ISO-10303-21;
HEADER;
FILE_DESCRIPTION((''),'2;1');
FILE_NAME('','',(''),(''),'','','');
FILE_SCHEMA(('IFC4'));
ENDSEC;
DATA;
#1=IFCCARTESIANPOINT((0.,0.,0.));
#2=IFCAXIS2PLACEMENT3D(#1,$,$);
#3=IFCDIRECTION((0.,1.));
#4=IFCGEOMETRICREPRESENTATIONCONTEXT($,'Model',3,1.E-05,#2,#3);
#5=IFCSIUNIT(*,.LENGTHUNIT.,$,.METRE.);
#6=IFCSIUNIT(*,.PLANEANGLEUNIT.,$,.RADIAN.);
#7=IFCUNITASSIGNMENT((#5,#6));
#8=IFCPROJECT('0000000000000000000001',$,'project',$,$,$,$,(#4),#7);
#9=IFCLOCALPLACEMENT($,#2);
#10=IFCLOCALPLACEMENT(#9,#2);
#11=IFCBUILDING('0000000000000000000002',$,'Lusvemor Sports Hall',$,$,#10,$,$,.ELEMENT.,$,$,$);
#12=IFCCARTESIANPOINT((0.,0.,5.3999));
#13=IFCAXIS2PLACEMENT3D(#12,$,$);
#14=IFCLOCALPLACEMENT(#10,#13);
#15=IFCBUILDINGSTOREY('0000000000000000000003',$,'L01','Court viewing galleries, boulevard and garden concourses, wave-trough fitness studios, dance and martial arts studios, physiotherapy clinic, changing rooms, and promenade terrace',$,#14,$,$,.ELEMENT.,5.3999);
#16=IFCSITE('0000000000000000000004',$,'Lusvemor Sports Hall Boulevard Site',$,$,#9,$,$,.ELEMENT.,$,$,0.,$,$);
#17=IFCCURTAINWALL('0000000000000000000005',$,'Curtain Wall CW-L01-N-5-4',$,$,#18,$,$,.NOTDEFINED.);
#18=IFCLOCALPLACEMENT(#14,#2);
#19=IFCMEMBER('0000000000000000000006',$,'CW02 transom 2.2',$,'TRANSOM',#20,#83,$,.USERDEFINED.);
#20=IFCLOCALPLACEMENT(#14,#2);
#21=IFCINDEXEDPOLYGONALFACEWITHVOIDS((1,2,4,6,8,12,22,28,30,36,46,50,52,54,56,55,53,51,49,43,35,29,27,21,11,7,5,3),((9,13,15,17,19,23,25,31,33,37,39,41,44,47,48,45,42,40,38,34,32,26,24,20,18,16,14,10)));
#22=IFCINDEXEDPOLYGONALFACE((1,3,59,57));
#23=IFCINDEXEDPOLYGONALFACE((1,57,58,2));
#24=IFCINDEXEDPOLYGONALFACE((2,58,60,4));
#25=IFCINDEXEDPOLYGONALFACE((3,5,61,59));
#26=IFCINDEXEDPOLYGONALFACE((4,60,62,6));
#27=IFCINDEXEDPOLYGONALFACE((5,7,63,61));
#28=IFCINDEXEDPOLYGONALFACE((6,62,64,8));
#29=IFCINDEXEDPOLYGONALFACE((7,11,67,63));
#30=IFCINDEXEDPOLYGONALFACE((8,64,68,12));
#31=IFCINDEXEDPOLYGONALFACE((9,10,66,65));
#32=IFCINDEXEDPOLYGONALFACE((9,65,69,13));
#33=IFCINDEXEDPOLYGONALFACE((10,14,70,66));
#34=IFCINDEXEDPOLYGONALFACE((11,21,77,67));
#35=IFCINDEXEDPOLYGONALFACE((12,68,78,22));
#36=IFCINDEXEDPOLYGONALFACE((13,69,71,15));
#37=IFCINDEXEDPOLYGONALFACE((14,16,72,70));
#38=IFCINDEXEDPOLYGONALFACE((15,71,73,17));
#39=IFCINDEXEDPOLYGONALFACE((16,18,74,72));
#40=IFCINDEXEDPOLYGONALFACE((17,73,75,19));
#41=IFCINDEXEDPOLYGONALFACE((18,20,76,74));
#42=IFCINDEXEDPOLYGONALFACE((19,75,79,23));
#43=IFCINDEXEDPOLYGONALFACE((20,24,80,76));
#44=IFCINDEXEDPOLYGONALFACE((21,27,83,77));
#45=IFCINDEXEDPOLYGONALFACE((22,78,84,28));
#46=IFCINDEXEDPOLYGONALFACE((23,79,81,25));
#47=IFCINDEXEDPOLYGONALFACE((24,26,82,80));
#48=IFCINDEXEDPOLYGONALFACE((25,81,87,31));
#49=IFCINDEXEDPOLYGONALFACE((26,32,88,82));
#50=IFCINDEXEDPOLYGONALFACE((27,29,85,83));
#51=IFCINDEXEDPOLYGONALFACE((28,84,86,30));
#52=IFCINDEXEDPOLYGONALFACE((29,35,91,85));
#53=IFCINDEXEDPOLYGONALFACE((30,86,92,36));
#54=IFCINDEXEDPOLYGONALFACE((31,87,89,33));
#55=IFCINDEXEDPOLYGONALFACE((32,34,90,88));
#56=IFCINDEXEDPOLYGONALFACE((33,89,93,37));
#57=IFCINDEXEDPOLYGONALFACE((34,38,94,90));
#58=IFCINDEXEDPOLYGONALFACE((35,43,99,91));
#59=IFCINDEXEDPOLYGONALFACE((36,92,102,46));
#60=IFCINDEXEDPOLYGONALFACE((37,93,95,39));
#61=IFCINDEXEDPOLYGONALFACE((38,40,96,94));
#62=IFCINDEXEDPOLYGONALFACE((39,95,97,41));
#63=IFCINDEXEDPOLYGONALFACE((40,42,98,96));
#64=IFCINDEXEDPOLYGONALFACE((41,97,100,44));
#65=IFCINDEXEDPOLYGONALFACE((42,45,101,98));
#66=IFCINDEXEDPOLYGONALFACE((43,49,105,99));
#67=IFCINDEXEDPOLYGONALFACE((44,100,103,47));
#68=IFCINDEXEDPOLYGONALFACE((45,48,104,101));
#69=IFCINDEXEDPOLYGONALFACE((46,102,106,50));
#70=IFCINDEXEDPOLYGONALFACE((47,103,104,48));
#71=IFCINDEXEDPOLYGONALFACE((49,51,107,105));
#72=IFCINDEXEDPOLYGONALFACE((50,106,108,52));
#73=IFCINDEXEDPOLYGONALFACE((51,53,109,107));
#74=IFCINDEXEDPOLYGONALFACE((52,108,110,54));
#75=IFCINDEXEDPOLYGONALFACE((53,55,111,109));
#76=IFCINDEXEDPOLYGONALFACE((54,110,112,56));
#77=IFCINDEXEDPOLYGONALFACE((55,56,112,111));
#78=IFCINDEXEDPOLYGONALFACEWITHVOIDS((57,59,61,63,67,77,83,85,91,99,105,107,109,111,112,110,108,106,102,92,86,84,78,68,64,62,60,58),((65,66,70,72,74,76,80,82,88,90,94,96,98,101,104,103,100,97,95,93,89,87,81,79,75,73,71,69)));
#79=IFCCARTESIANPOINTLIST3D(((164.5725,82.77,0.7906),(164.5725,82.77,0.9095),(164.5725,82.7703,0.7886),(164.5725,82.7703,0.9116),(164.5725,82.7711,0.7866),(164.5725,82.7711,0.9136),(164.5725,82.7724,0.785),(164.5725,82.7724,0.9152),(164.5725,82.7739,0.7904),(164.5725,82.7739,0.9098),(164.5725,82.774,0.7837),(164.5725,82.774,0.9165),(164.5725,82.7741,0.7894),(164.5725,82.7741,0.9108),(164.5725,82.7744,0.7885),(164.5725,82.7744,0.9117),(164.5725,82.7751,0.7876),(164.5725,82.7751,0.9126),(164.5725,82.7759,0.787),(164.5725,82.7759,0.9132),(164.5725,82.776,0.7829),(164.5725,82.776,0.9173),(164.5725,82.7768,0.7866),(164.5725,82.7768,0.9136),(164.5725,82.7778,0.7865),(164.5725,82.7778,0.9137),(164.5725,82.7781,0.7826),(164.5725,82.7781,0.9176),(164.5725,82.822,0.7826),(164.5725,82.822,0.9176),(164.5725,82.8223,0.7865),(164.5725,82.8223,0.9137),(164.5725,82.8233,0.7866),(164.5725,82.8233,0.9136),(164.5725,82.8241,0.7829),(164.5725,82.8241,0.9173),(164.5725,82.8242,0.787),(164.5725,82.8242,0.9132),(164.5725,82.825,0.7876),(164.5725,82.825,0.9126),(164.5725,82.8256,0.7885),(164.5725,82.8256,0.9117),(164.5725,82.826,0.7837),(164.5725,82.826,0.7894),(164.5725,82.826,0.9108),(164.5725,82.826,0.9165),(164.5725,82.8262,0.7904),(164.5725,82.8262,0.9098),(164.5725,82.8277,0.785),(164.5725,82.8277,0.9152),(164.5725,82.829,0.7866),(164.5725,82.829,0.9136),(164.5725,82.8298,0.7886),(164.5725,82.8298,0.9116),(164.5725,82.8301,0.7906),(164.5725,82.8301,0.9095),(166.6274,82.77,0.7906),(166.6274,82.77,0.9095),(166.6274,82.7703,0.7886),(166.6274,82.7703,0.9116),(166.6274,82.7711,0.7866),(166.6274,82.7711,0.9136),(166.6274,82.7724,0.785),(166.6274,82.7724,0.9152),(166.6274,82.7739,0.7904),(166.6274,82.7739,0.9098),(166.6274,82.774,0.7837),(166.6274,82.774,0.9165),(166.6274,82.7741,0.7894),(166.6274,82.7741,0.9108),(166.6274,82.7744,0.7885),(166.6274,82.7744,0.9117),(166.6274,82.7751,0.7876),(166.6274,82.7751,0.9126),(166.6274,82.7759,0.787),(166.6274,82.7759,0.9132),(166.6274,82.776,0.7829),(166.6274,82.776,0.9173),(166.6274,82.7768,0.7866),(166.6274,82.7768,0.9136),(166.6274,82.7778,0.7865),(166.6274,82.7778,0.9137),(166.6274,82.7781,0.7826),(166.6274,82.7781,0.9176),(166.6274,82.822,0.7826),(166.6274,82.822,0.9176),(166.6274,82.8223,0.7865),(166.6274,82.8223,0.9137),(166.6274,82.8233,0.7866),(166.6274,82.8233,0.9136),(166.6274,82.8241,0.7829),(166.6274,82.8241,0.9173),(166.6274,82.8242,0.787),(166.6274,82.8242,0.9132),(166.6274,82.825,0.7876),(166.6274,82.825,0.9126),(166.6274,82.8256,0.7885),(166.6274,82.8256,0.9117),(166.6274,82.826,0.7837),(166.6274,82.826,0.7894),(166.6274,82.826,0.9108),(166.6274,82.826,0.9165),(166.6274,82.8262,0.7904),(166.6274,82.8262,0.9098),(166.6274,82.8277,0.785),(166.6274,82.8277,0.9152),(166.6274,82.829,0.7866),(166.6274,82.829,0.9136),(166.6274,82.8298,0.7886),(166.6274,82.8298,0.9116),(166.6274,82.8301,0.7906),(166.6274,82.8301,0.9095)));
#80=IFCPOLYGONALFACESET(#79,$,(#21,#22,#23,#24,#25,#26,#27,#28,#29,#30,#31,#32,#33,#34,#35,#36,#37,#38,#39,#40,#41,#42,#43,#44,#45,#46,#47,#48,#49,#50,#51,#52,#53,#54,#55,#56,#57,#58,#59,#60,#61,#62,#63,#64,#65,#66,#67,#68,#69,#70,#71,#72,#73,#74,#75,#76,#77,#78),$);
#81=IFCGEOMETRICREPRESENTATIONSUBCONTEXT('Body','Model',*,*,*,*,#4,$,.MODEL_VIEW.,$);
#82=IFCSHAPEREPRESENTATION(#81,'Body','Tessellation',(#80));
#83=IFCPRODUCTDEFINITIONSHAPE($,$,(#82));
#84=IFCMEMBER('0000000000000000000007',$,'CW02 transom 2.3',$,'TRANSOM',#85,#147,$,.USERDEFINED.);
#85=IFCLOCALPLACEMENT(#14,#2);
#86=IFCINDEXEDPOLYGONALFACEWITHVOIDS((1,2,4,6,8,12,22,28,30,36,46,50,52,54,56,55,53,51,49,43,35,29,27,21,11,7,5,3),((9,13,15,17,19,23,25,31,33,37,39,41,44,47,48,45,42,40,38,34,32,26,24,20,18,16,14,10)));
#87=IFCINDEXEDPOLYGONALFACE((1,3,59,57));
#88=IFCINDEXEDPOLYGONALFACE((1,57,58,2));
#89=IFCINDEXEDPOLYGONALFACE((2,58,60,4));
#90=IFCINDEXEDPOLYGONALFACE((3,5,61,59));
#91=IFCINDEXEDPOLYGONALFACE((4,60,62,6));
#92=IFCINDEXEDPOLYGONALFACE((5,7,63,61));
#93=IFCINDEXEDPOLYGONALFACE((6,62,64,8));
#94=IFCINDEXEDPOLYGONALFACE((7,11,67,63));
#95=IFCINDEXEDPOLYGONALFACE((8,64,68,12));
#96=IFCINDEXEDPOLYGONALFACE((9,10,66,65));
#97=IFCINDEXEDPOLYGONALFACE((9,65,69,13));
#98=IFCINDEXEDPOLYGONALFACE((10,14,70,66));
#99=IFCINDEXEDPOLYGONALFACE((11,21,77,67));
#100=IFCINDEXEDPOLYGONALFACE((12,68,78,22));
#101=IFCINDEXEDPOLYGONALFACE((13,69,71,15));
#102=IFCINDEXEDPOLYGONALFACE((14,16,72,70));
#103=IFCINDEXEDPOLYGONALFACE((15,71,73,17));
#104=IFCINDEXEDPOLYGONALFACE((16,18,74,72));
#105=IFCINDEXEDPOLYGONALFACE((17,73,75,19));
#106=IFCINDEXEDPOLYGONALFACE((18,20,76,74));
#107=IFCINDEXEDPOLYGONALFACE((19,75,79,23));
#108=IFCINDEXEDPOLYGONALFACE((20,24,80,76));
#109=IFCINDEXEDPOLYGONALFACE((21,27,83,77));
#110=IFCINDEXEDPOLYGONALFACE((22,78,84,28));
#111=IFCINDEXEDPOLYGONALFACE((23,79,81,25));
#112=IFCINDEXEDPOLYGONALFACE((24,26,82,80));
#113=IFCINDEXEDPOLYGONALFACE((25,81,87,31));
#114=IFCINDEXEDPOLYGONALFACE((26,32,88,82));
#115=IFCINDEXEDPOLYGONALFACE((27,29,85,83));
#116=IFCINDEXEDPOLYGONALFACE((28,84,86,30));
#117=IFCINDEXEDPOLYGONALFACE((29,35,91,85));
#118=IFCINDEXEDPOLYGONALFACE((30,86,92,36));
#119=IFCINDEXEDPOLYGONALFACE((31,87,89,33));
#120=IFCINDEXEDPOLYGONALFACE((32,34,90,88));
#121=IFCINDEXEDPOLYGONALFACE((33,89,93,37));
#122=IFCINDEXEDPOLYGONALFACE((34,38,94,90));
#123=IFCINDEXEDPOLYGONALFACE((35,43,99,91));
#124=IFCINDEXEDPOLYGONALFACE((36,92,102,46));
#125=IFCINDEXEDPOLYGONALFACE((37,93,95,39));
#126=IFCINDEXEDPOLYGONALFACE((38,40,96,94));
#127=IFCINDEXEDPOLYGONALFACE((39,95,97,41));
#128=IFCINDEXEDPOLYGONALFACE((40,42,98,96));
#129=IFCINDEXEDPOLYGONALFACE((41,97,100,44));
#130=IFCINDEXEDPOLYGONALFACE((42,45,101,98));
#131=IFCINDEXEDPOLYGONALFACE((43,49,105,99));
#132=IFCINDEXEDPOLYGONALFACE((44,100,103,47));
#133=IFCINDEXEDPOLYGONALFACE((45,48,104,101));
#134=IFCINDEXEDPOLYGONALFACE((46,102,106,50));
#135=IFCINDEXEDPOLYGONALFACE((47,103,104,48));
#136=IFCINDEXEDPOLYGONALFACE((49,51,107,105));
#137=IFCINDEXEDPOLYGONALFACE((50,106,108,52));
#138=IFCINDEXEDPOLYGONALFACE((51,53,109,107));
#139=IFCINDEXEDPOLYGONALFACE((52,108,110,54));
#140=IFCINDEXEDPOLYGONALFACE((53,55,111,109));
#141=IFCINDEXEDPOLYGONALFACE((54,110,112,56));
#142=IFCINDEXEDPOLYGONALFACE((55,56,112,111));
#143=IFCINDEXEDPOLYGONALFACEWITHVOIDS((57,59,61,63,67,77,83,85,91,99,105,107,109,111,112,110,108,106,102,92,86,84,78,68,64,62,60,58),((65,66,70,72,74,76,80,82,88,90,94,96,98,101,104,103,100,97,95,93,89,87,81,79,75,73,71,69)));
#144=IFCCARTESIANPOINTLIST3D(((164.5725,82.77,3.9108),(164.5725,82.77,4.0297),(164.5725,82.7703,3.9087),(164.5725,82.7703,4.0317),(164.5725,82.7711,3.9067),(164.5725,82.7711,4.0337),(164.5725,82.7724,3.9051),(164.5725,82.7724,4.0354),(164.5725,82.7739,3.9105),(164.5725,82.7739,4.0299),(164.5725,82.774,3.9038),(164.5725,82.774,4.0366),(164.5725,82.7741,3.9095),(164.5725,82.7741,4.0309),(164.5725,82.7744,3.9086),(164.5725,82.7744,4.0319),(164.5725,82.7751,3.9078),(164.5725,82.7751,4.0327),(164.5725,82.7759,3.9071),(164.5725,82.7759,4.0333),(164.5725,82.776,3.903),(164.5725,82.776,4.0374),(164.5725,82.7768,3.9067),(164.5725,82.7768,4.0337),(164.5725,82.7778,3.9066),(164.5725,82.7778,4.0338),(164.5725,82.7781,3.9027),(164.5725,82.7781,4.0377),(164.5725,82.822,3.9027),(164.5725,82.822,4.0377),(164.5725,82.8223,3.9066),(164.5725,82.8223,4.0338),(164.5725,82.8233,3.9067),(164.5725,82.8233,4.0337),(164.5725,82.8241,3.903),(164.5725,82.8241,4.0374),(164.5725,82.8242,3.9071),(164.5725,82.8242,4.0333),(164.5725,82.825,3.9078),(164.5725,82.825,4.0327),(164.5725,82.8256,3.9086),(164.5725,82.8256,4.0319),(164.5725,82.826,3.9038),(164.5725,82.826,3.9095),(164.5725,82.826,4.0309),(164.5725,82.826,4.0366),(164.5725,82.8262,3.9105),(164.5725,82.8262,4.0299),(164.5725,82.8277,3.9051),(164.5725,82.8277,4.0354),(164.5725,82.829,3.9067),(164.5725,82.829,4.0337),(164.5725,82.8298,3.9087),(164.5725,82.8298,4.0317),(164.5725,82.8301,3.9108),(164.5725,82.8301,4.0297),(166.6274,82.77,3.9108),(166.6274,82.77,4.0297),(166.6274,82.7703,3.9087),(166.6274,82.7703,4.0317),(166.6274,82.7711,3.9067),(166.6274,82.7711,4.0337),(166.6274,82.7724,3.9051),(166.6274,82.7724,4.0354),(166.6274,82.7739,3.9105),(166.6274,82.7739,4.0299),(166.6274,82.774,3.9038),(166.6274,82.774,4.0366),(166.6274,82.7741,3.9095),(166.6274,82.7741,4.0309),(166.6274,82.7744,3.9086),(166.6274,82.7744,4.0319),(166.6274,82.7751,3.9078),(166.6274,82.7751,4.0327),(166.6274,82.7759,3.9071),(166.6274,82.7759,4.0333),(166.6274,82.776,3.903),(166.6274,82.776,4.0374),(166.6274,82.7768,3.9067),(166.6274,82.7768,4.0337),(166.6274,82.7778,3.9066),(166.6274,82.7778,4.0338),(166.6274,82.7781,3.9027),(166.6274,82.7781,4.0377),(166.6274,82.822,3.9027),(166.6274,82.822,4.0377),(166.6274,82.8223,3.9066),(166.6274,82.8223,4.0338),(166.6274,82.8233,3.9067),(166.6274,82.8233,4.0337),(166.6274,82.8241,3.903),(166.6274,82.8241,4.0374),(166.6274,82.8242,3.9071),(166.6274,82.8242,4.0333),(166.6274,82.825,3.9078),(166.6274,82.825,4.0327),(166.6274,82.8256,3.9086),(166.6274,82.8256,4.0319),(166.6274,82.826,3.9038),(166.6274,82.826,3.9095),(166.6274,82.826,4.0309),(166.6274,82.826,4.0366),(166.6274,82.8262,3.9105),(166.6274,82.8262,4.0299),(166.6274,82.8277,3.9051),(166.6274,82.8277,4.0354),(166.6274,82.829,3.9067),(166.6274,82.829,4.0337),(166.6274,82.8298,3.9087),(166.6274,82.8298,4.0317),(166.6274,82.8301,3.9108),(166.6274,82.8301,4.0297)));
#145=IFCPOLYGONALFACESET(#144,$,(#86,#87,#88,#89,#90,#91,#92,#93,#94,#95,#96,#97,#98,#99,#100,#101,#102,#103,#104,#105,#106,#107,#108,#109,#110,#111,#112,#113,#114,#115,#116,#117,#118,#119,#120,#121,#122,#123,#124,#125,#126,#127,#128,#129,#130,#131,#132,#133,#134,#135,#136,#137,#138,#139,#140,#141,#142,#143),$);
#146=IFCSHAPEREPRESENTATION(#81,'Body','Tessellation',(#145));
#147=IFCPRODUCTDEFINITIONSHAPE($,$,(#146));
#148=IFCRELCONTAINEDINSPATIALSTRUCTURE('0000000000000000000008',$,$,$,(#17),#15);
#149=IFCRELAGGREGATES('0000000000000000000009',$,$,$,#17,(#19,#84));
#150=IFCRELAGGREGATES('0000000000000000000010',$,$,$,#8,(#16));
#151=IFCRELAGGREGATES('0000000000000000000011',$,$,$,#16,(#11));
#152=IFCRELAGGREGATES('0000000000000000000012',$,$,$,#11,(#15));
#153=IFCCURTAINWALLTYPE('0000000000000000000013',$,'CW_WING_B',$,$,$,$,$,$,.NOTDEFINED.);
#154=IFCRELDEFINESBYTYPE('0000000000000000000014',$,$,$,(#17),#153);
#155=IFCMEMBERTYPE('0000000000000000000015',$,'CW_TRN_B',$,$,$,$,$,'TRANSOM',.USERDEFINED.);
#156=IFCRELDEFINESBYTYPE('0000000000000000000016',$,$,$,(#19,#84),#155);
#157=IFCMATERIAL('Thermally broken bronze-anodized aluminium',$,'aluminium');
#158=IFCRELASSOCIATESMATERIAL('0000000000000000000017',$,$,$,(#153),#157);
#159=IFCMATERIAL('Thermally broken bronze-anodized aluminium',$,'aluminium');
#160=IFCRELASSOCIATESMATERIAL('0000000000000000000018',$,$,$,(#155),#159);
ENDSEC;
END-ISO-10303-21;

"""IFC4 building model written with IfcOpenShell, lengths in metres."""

from ifc_helpers import new_model, si_unit, direction, frame, origin, origin_2d, place, context, subcontext, project, spatial, hollow_rectangle, extrude, material, material_profile, profile_set, type_object, element, aggregate, save


model = new_model("IFC4")

# Units and contexts
model_context = context("Model", 3, precision=1e-05, world=origin(), true_north=direction((0.0, 1.0)))
body_context = subcontext(model_context, "Body", "Model", "MODEL_VIEW")
ifc_project = project(units=[si_unit("LENGTHUNIT", "METRE"), si_unit("PLANEANGLEUNIT", "RADIAN")], contexts=[model_context])

# Site, building, storey
site_placement = place(None, origin())
site = spatial("IfcSite", under=ifc_project, at=site_placement, Name="Lusvemor Sports Hall Boulevard Site", CompositionType="ELEMENT", RefElevation=0.0)
building_placement = place(site_placement, origin())
building = spatial("IfcBuilding", under=site, at=building_placement, Name="Lusvemor Sports Hall", CompositionType="ELEMENT")
storey_placement = place(building_placement, frame((0.0, 0.0, 5.3999)))
storey = spatial("IfcBuildingStorey", under=building, at=storey_placement, Name="L01", Description="Court viewing galleries, boulevard and garden concourses, wave-trough fitness studios, dance and martial arts studios, physiotherapy clinic, changing rooms, and promenade terrace", CompositionType="ELEMENT", Elevation=5.3999)

# Curtain wall, members
ifc_material_1 = material(Name="Thermally broken bronze-anodized aluminium", Category="aluminium")
curtain_wall_type = type_object("IfcCurtainWallType", Name="CW_WING_B", PredefinedType="NOTDEFINED", material=ifc_material_1)
curtain_wall_placement = place(storey_placement, origin())
curtain_wall = element("IfcCurtainWall", 1, at=curtain_wall_placement, inside=storey, type_object=curtain_wall_type, Name="Curtain Wall CW-L01-N-5-4", PredefinedType="NOTDEFINED")
ifc_material_2 = material(Name="Thermally broken bronze-anodized aluminium", Category="aluminium")
ifc_material_profile_1 = material_profile(ifc_material_2, hollow_rectangle(XDim=0.0601, YDim=0.135, WallThickness=0.0039, InnerFilletRadius=0.0039, OuterFilletRadius=0.0081, at=origin_2d()), Name="CWTRN135x60x4")
ifc_profile_set_1 = profile_set([ifc_material_profile_1], Name="Thermally broken bronze-anodized aluminium")
member_type_1 = type_object("IfcMemberType", Name="CW_TRN_B", ElementType="TRANSOM", PredefinedType="USERDEFINED", material=ifc_profile_set_1)
member_1_placement = place(storey_placement, frame((164.5725, 82.8, 0.8501), z_axis=(1.0, 0.0, 0.0), x_axis=(0.0, 1.0, 0.0)))
member_1 = element("IfcMember", 2, at=member_1_placement, type_object=member_type_1, Name="CW02 transom 2.2", ObjectType="TRANSOM", PredefinedType="USERDEFINED", context=body_context, shape_type="SweptSolid", body=[
    extrude(hollow_rectangle(XDim=0.0601, YDim=0.135, WallThickness=0.0039, InnerFilletRadius=0.0039, OuterFilletRadius=0.0081, at=origin_2d()), origin(), (0.0, 0.0, 1.0), 2.0549),
])
member_2_placement = place(storey_placement, frame((164.5725, 82.8, 3.9702), z_axis=(1.0, 0.0, 0.0), x_axis=(0.0, 1.0, 0.0)))
member_2 = element("IfcMember", 3, at=member_2_placement, type_object=member_type_1, Name="CW02 transom 2.3", ObjectType="TRANSOM", PredefinedType="USERDEFINED", context=body_context, shape_type="SweptSolid", body=[
    extrude(hollow_rectangle(XDim=0.0601, YDim=0.135, WallThickness=0.0039, InnerFilletRadius=0.0039, OuterFilletRadius=0.0081, at=origin_2d()), origin(), (0.0, 0.0, 1.0), 2.0549),
])

aggregate(curtain_wall, [member_1, member_2])

save(model, "model.ifc")
